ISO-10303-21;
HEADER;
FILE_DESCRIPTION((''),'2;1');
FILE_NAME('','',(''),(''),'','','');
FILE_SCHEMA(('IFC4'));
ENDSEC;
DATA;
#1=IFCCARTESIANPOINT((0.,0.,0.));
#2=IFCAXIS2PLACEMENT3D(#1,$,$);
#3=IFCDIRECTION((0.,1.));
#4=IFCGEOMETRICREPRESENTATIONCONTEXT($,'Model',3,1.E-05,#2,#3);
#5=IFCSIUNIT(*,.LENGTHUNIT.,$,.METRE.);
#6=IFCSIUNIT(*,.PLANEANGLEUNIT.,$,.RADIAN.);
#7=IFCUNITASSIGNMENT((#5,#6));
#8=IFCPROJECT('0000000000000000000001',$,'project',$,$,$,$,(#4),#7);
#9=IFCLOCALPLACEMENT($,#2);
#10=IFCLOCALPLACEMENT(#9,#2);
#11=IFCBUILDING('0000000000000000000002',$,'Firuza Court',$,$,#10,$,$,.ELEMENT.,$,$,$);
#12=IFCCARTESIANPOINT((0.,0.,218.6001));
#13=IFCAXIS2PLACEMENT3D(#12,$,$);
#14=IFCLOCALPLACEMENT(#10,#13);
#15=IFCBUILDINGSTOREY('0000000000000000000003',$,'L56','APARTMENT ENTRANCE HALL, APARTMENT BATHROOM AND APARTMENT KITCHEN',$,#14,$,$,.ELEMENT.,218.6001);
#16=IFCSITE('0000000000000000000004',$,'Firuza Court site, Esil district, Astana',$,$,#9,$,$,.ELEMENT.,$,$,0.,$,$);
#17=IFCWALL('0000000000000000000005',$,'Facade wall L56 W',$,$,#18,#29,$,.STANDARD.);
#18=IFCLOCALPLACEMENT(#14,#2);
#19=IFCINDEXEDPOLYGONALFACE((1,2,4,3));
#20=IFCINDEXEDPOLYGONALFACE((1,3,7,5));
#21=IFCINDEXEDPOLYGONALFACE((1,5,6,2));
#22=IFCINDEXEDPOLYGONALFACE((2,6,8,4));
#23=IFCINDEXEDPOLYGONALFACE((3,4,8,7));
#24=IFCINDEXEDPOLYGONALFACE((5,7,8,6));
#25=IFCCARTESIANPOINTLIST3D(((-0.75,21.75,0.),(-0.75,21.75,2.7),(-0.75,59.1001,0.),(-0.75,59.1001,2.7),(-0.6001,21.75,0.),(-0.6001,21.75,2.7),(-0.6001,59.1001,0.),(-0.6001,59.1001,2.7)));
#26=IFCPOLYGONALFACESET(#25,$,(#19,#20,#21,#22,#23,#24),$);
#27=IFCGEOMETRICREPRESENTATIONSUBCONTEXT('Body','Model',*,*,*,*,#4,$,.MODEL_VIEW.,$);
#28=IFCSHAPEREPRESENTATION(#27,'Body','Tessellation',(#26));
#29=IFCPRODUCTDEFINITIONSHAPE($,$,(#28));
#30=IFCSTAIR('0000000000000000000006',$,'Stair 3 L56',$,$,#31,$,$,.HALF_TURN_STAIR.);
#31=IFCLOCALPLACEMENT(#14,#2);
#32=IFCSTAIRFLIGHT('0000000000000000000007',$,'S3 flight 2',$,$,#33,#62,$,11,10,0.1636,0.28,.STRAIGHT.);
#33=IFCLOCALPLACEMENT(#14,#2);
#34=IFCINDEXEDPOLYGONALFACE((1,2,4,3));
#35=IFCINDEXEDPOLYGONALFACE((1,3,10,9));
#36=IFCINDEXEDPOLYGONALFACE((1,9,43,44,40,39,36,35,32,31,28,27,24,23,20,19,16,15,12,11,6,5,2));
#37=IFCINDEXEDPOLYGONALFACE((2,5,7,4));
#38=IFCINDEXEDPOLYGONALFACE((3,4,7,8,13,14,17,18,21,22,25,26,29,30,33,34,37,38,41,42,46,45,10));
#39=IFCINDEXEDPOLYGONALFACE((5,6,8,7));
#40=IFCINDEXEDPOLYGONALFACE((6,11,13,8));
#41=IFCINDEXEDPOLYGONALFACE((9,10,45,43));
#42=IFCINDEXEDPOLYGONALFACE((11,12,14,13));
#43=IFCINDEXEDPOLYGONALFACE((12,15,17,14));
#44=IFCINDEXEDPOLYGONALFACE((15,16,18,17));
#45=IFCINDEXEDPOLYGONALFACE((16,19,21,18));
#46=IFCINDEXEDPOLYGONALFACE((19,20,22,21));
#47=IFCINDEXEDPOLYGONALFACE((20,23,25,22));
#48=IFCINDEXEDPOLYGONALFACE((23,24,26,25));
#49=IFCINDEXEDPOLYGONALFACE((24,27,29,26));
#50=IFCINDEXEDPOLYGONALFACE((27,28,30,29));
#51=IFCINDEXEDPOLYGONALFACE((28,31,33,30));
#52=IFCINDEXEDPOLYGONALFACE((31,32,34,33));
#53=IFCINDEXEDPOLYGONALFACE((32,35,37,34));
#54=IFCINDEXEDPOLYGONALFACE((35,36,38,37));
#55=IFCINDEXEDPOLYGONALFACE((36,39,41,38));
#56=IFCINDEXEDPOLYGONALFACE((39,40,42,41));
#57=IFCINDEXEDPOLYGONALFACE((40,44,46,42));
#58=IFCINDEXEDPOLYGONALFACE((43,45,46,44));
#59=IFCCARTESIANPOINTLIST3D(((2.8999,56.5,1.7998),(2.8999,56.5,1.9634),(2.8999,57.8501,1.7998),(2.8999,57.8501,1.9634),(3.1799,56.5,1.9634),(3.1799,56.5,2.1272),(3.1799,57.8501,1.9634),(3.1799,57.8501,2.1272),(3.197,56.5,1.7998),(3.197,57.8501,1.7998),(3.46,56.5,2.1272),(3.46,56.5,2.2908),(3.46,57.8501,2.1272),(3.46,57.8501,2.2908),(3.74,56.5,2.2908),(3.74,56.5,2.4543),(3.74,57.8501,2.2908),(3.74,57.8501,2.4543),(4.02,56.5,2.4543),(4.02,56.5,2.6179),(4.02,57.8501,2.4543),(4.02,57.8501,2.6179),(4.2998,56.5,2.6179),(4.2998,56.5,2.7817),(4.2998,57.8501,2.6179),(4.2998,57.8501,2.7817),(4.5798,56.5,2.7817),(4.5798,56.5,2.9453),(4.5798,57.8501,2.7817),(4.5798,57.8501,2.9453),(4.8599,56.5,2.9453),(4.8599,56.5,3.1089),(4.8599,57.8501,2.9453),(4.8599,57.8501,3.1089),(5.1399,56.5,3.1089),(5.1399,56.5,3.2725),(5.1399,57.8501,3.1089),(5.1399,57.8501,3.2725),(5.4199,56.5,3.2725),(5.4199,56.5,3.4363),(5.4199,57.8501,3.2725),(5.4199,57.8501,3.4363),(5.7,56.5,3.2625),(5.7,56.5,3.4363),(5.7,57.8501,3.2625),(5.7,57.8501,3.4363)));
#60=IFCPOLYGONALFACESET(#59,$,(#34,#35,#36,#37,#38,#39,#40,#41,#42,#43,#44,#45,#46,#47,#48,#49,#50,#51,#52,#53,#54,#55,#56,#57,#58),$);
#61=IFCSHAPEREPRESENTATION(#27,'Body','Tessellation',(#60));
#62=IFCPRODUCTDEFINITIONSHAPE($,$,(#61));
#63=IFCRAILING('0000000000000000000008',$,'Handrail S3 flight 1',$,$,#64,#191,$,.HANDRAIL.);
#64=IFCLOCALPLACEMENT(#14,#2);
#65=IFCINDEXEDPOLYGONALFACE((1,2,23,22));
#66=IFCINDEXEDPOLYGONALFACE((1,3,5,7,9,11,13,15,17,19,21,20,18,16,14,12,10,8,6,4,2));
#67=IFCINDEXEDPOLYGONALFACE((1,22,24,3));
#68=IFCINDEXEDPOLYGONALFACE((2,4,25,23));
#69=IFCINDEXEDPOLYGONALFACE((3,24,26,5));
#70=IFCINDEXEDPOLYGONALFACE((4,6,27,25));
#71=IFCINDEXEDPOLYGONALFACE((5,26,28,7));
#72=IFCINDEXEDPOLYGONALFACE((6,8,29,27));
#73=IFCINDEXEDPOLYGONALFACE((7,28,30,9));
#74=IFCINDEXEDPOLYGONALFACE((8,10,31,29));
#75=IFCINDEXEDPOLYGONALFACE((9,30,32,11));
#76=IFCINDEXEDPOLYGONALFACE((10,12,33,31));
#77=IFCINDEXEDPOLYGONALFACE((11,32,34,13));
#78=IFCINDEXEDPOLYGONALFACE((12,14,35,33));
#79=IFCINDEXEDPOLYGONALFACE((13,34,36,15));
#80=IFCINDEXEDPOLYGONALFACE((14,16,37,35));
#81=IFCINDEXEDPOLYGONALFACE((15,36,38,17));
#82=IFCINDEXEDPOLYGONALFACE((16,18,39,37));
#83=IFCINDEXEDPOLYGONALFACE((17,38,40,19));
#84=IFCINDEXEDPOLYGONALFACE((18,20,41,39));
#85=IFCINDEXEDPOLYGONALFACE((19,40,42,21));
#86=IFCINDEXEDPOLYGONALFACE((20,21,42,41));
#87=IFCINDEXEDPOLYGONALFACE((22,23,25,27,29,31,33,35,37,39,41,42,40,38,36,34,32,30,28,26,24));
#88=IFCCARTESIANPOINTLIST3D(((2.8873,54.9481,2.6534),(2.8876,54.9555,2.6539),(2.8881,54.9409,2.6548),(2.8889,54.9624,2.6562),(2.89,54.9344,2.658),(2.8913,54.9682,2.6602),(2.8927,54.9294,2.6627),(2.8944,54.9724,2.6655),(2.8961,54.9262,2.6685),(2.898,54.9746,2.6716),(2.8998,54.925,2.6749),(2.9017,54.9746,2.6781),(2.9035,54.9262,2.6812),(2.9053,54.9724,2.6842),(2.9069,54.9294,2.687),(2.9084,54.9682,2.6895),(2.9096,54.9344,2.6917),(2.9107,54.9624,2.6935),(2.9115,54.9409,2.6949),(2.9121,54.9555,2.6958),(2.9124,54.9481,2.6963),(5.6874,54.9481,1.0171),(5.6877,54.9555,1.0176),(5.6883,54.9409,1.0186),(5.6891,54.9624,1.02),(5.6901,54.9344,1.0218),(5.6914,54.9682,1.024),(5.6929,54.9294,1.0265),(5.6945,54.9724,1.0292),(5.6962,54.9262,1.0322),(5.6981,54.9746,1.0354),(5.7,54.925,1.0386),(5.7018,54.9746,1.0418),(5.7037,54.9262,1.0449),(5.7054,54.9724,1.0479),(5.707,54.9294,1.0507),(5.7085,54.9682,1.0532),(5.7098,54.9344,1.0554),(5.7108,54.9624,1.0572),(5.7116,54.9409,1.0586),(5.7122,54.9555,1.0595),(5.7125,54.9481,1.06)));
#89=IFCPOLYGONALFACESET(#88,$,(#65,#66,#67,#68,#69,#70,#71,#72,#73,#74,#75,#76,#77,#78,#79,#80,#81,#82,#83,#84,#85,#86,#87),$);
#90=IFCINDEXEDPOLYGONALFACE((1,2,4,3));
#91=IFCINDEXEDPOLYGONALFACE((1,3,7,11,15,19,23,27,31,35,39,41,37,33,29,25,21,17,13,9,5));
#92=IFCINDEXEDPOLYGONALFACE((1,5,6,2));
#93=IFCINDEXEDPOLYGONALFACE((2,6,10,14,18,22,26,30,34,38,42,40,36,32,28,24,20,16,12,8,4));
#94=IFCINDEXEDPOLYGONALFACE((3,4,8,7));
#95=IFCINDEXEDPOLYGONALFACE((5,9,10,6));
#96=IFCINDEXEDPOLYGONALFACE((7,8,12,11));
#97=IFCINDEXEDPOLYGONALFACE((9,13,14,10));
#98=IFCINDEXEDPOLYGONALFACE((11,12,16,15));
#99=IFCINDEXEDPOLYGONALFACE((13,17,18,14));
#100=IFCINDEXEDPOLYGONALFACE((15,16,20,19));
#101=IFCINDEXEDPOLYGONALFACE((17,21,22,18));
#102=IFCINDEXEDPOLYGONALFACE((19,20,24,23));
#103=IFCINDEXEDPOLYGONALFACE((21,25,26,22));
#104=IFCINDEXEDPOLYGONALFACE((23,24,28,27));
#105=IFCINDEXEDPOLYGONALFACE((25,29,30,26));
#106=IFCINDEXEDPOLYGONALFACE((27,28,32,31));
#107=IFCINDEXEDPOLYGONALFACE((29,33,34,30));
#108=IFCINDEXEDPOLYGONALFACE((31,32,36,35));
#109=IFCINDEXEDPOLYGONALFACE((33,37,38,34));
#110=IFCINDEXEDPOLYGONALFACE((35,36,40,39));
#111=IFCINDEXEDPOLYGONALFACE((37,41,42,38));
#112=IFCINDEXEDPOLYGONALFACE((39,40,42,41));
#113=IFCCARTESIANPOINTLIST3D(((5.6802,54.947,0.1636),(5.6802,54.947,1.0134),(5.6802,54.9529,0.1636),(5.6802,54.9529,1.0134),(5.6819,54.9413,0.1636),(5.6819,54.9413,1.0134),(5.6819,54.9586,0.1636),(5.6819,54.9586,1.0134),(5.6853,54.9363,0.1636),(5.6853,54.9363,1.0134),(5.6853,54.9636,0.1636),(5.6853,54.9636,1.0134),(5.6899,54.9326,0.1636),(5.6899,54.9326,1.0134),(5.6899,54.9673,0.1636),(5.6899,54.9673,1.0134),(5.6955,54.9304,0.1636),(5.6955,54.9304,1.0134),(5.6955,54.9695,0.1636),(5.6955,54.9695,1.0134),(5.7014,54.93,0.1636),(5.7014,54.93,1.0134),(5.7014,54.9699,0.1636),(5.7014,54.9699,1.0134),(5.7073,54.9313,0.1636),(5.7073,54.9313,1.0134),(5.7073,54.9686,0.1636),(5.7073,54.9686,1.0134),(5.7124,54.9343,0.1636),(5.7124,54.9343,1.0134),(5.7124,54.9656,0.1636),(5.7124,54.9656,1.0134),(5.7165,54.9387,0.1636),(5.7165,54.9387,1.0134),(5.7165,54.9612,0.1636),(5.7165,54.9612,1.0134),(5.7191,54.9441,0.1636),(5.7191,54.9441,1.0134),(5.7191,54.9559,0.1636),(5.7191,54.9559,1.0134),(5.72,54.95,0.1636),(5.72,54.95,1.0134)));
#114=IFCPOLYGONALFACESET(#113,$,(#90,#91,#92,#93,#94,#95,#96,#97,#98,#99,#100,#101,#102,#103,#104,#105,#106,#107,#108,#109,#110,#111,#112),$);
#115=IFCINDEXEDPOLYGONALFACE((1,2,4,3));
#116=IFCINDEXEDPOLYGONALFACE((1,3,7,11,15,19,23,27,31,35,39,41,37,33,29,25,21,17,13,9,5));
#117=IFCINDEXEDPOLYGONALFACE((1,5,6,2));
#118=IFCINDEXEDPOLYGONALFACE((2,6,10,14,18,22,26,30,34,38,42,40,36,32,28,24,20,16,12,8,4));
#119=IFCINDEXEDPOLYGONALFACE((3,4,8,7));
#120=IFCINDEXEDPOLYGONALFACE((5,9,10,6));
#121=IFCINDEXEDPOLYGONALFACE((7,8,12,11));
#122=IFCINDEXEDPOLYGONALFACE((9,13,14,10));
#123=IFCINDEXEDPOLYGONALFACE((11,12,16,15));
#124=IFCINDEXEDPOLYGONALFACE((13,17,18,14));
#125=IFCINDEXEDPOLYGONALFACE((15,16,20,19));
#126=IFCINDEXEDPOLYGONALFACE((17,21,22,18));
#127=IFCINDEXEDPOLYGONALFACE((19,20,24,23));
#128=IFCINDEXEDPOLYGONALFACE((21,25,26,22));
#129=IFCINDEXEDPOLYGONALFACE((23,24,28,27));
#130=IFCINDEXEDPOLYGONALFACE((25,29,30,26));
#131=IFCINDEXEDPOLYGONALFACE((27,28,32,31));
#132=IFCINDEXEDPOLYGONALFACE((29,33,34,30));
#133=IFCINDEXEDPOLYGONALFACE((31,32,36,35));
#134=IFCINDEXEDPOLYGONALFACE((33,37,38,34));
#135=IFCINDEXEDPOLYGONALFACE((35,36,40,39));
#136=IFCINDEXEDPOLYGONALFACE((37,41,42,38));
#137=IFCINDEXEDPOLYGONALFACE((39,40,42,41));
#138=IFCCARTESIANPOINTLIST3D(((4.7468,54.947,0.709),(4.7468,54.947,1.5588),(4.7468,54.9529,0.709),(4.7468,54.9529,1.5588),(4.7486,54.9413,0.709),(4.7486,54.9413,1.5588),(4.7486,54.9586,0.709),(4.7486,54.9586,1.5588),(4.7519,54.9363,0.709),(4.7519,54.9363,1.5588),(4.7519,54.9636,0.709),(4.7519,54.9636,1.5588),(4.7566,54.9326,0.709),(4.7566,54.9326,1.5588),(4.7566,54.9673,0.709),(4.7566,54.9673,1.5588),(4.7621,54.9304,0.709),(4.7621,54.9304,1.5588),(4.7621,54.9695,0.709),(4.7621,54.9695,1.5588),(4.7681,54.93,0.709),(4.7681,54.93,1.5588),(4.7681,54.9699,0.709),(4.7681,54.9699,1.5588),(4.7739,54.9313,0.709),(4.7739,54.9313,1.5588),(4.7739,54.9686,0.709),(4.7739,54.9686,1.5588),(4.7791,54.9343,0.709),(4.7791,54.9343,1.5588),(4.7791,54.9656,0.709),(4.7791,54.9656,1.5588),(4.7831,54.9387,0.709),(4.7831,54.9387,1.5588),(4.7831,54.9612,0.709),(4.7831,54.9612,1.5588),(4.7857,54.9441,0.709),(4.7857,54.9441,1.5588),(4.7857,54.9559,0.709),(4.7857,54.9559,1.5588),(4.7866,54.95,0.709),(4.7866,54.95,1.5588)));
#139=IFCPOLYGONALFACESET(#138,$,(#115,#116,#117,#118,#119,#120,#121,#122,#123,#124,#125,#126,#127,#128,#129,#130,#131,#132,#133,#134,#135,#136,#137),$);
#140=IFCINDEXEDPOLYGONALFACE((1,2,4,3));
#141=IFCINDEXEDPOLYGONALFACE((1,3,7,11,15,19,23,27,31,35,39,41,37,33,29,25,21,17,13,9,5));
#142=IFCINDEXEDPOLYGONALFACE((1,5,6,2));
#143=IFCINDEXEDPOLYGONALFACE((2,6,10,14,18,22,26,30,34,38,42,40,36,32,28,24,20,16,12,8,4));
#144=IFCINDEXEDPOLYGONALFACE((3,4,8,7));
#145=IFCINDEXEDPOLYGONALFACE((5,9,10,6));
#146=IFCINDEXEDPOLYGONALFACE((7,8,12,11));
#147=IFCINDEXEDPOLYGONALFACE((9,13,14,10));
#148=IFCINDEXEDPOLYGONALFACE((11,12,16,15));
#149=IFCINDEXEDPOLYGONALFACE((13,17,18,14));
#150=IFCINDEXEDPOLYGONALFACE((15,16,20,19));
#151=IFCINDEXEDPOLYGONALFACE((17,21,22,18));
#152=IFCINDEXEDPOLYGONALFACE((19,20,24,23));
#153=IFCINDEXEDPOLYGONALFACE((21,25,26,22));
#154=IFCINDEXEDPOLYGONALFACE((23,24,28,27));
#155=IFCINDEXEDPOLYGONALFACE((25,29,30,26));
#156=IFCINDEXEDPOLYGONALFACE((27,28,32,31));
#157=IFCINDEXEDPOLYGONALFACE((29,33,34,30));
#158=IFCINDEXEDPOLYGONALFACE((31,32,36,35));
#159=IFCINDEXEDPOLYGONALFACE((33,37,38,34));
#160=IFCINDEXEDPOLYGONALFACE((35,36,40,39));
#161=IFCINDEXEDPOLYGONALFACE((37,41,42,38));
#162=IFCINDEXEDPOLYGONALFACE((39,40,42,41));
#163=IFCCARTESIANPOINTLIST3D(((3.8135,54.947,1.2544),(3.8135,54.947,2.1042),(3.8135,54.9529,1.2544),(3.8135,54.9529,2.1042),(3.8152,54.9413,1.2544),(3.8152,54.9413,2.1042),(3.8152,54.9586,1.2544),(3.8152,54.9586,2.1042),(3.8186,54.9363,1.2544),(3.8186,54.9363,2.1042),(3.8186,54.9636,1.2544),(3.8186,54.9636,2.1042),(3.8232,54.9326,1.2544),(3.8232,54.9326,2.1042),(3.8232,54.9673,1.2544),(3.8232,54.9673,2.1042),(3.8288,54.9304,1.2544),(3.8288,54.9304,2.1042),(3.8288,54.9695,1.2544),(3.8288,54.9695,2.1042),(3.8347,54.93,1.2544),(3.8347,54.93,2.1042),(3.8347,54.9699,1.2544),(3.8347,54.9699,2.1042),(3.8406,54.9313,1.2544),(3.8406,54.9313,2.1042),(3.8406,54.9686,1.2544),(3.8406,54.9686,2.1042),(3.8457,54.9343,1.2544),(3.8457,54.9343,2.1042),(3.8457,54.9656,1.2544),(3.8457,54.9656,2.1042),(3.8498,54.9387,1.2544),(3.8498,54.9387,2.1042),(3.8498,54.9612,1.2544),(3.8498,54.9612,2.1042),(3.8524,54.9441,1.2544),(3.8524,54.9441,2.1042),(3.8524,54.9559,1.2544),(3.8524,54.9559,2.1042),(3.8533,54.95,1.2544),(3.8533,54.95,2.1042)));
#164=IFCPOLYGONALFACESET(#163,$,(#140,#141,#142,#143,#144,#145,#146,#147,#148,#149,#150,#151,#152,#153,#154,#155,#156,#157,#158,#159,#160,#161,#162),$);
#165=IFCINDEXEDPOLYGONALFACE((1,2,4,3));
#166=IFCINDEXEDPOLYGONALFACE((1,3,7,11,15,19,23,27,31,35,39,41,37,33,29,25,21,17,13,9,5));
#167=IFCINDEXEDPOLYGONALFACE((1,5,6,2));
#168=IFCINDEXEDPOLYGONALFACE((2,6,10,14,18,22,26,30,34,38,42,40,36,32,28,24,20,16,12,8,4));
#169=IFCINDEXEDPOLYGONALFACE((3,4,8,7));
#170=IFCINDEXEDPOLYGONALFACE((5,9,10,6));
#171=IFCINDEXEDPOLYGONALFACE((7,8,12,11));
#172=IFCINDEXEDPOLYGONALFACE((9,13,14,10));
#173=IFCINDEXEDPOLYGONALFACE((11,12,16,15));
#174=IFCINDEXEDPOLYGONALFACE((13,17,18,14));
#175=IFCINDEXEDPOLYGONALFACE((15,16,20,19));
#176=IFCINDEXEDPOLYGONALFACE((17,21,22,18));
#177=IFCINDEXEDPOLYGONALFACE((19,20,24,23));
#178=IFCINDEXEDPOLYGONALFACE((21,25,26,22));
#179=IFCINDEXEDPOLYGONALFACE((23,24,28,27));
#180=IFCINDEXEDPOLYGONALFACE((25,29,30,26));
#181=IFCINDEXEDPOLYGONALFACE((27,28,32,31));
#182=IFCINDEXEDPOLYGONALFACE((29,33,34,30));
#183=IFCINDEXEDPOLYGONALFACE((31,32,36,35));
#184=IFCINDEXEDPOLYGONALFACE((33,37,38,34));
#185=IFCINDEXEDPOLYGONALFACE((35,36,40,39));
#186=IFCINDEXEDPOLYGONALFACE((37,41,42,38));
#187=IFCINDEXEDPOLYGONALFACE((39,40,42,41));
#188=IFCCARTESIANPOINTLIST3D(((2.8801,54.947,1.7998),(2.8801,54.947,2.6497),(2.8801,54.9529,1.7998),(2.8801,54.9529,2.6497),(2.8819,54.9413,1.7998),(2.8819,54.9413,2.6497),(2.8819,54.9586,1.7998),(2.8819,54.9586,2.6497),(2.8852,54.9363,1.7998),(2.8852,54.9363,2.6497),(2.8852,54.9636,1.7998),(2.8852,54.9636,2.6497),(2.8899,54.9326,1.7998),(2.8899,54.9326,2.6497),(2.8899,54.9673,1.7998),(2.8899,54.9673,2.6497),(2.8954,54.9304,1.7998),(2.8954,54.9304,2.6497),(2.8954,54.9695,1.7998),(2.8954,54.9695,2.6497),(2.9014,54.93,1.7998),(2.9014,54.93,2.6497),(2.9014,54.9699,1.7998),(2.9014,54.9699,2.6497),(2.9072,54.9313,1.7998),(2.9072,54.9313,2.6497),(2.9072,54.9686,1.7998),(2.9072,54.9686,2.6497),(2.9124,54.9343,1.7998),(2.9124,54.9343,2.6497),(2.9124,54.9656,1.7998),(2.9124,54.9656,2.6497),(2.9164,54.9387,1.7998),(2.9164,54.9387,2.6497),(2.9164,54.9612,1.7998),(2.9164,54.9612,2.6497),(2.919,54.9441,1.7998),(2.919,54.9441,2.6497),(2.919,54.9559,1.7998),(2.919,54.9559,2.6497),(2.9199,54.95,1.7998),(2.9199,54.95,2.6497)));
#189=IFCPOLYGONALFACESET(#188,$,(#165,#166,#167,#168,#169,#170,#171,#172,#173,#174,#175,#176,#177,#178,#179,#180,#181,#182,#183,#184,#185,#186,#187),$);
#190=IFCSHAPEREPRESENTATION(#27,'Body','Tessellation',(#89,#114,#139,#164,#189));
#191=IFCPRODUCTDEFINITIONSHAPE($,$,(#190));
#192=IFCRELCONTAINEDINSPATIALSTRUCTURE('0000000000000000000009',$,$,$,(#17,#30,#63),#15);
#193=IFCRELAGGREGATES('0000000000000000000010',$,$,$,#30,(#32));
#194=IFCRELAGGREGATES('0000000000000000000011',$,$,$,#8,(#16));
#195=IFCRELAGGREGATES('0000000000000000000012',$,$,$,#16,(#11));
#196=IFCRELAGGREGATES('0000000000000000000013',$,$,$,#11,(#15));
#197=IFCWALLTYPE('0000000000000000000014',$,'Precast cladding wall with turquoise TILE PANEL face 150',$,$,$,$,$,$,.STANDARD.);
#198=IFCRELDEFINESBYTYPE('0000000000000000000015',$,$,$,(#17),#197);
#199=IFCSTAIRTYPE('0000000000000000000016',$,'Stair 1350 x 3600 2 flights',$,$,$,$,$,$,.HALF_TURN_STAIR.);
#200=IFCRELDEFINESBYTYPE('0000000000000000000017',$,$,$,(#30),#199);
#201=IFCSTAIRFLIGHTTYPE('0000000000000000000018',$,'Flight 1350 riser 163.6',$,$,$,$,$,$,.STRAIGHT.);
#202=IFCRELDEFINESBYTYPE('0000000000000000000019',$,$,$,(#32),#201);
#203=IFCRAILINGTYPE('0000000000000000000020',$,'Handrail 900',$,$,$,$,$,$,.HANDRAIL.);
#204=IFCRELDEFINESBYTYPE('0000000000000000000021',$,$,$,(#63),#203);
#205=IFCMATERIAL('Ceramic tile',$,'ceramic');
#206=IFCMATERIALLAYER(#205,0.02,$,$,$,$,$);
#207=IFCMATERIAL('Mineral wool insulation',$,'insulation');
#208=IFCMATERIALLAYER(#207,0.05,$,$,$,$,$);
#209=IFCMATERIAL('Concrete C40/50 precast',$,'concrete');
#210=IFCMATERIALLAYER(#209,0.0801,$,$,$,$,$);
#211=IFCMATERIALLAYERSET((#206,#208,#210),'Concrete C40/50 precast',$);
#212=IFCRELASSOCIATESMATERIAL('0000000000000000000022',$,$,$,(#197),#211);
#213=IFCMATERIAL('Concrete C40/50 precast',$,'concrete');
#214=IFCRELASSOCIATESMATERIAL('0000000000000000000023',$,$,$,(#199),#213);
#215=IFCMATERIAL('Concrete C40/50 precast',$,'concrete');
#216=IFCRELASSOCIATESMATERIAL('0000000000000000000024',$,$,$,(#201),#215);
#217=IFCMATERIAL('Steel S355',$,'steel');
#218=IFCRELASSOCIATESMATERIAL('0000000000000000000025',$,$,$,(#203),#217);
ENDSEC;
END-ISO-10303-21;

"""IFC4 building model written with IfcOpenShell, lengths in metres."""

from ifc_helpers import new_model, si_unit, direction, frame, frame_2d, origin, origin_2d, place, context, subcontext, project, spatial, polyline, rectangle, circle, outline, extrude, material, layer, layer_set, type_object, element, aggregate, save


model = new_model("IFC4")

# Units and contexts
model_context = context("Model", 3, precision=1e-05, world=origin(), true_north=direction((0.0, 1.0)))
body_context = subcontext(model_context, "Body", "Model", "MODEL_VIEW")
ifc_project = project(units=[si_unit("LENGTHUNIT", "METRE"), si_unit("PLANEANGLEUNIT", "RADIAN")], contexts=[model_context])

# Site, building, storey
site_placement = place(None, origin())
site = spatial("IfcSite", under=ifc_project, at=site_placement, Name="Firuza Court site, Esil district, Astana", CompositionType="ELEMENT", RefElevation=0.0)
building_placement = place(site_placement, origin())
building = spatial("IfcBuilding", under=site, at=building_placement, Name="Firuza Court", CompositionType="ELEMENT")
storey_placement = place(building_placement, frame((0.0, 0.0, 218.6001)))
storey = spatial("IfcBuildingStorey", under=building, at=storey_placement, Name="L56", Description="APARTMENT ENTRANCE HALL, APARTMENT BATHROOM AND APARTMENT KITCHEN", CompositionType="ELEMENT", Elevation=218.6001)

# Wall
ifc_material_1 = material(Name="Ceramic tile", Category="ceramic")
ifc_layer_1 = layer(ifc_material_1, 0.02)
ifc_material_2 = material(Name="Mineral wool insulation", Category="insulation")
ifc_layer_2 = layer(ifc_material_2, 0.05)
ifc_material_3 = material(Name="Concrete C40/50 precast", Category="concrete")
ifc_layer_3 = layer(ifc_material_3, 0.0801)
ifc_layer_set_1 = layer_set([ifc_layer_1, ifc_layer_2, ifc_layer_3], Name="Concrete C40/50 precast")
wall_type_1 = type_object("IfcWallType", Name="Precast cladding wall with turquoise TILE PANEL face 150", PredefinedType="STANDARD", material=ifc_layer_set_1)
wall_1_placement = place(storey_placement, frame((-0.675, 59.1001, 0.0), z_axis=(0.0, 0.0, 1.0), x_axis=(0.0, -1.0, 0.0)))
element("IfcWall", 1, at=wall_1_placement, inside=storey, type_object=wall_type_1, Name="Facade wall L56 W", PredefinedType="STANDARD", context=body_context, shape_type="SweptSolid", body=[
    extrude(rectangle(XDim=37.3501, YDim=0.1499, at=frame_2d((18.675, 0.0))), origin(), (0.0, 0.0, 1.0), 2.7),
])

# Stair, stair flight
ifc_material_4 = material(Name="Concrete C40/50 precast", Category="concrete")
stair_type = type_object("IfcStairType", Name="Stair 1350 x 3600 2 flights", PredefinedType="HALF_TURN_STAIR", material=ifc_material_4)
stair_placement = place(storey_placement, origin())
stair = element("IfcStair", 2, at=stair_placement, inside=storey, type_object=stair_type, Name="Stair 3 L56", PredefinedType="HALF_TURN_STAIR")
ifc_material_5 = material(Name="Concrete C40/50 precast", Category="concrete")
stair_flight_type = type_object("IfcStairFlightType", Name="Flight 1350 riser 163.6", PredefinedType="STRAIGHT", material=ifc_material_5)
stair_flight_placement = place(storey_placement, frame((2.8999, 57.175, 1.7998), z_axis=(0.0, 0.0, 1.0), x_axis=(1.0, 0.0, 0.0)))
stair_flight = element("IfcStairFlight", 3, at=stair_flight_placement, type_object=stair_flight_type, Name="S3 flight 2", NumberOfRisers=11, NumberOfTreads=10, PredefinedType="STRAIGHT", RiserHeight=0.1636, TreadLength=0.28, context=body_context, shape_type="SweptSolid", body=[
    extrude(outline(polyline([(0.0, 0.0), (0.0, 0.1636), (0.28, 0.1636), (0.28, 0.3274), (0.5601, 0.3274), (0.5601, 0.491), (0.8401, 0.491), (0.8401, 0.6545), (1.1201, 0.6545), (1.1201, 0.8181), (1.3999, 0.8181), (1.3999, 0.9819), (1.6799, 0.9819), (1.6799, 1.1455), (1.96, 1.1455), (1.96, 1.3091), (2.24, 1.3091), (2.24, 1.4727), (2.52, 1.4727), (2.52, 1.6365), (2.8, 1.6365), (2.8, 1.8), (2.8, 1.4626), (0.2971, 0.0), (0.0, 0.0)])), frame((0.0, 0.675, 0.0), z_axis=(0.0, -1.0, 0.0), x_axis=(1.0, 0.0, 0.0)), (0.0, 0.0, 1.0), 1.3501),
])
aggregate(stair, [stair_flight])

# Railing
ifc_material_6 = material(Name="Steel S355", Category="steel")
railing_type_1 = type_object("IfcRailingType", Name="Handrail 900", PredefinedType="HANDRAIL", material=ifc_material_6)
railing_1_placement = place(storey_placement, frame((5.7, 54.95, 0.1636)))
element("IfcRailing", 4, at=railing_1_placement, inside=storey, type_object=railing_type_1, Name="Handrail S3 flight 1", PredefinedType="HANDRAIL", context=body_context, shape_type="SweptSolid", body=[
    extrude(circle(Radius=0.0249, at=origin_2d()), frame((0.0, 0.0, 0.875), z_axis=(-0.863394, 0.0, 0.504531), x_axis=(0.0, -1.0, 0.0)), (0.0, 0.0, 1.0), 3.2432),
    extrude(circle(Radius=0.02, at=origin_2d()), origin(), (0.0, 0.0, 1.0), 0.8499),
    extrude(circle(Radius=0.02, at=origin_2d()), frame((-0.9333, 0.0, 0.5454)), (0.0, 0.0, 1.0), 0.8499),
    extrude(circle(Radius=0.02, at=origin_2d()), frame((-1.8667, 0.0, 1.0908)), (0.0, 0.0, 1.0), 0.8499),
    extrude(circle(Radius=0.02, at=origin_2d()), frame((-2.8, 0.0, 1.6362)), (0.0, 0.0, 1.0), 0.8499),
])

save(model, "model.ifc")
